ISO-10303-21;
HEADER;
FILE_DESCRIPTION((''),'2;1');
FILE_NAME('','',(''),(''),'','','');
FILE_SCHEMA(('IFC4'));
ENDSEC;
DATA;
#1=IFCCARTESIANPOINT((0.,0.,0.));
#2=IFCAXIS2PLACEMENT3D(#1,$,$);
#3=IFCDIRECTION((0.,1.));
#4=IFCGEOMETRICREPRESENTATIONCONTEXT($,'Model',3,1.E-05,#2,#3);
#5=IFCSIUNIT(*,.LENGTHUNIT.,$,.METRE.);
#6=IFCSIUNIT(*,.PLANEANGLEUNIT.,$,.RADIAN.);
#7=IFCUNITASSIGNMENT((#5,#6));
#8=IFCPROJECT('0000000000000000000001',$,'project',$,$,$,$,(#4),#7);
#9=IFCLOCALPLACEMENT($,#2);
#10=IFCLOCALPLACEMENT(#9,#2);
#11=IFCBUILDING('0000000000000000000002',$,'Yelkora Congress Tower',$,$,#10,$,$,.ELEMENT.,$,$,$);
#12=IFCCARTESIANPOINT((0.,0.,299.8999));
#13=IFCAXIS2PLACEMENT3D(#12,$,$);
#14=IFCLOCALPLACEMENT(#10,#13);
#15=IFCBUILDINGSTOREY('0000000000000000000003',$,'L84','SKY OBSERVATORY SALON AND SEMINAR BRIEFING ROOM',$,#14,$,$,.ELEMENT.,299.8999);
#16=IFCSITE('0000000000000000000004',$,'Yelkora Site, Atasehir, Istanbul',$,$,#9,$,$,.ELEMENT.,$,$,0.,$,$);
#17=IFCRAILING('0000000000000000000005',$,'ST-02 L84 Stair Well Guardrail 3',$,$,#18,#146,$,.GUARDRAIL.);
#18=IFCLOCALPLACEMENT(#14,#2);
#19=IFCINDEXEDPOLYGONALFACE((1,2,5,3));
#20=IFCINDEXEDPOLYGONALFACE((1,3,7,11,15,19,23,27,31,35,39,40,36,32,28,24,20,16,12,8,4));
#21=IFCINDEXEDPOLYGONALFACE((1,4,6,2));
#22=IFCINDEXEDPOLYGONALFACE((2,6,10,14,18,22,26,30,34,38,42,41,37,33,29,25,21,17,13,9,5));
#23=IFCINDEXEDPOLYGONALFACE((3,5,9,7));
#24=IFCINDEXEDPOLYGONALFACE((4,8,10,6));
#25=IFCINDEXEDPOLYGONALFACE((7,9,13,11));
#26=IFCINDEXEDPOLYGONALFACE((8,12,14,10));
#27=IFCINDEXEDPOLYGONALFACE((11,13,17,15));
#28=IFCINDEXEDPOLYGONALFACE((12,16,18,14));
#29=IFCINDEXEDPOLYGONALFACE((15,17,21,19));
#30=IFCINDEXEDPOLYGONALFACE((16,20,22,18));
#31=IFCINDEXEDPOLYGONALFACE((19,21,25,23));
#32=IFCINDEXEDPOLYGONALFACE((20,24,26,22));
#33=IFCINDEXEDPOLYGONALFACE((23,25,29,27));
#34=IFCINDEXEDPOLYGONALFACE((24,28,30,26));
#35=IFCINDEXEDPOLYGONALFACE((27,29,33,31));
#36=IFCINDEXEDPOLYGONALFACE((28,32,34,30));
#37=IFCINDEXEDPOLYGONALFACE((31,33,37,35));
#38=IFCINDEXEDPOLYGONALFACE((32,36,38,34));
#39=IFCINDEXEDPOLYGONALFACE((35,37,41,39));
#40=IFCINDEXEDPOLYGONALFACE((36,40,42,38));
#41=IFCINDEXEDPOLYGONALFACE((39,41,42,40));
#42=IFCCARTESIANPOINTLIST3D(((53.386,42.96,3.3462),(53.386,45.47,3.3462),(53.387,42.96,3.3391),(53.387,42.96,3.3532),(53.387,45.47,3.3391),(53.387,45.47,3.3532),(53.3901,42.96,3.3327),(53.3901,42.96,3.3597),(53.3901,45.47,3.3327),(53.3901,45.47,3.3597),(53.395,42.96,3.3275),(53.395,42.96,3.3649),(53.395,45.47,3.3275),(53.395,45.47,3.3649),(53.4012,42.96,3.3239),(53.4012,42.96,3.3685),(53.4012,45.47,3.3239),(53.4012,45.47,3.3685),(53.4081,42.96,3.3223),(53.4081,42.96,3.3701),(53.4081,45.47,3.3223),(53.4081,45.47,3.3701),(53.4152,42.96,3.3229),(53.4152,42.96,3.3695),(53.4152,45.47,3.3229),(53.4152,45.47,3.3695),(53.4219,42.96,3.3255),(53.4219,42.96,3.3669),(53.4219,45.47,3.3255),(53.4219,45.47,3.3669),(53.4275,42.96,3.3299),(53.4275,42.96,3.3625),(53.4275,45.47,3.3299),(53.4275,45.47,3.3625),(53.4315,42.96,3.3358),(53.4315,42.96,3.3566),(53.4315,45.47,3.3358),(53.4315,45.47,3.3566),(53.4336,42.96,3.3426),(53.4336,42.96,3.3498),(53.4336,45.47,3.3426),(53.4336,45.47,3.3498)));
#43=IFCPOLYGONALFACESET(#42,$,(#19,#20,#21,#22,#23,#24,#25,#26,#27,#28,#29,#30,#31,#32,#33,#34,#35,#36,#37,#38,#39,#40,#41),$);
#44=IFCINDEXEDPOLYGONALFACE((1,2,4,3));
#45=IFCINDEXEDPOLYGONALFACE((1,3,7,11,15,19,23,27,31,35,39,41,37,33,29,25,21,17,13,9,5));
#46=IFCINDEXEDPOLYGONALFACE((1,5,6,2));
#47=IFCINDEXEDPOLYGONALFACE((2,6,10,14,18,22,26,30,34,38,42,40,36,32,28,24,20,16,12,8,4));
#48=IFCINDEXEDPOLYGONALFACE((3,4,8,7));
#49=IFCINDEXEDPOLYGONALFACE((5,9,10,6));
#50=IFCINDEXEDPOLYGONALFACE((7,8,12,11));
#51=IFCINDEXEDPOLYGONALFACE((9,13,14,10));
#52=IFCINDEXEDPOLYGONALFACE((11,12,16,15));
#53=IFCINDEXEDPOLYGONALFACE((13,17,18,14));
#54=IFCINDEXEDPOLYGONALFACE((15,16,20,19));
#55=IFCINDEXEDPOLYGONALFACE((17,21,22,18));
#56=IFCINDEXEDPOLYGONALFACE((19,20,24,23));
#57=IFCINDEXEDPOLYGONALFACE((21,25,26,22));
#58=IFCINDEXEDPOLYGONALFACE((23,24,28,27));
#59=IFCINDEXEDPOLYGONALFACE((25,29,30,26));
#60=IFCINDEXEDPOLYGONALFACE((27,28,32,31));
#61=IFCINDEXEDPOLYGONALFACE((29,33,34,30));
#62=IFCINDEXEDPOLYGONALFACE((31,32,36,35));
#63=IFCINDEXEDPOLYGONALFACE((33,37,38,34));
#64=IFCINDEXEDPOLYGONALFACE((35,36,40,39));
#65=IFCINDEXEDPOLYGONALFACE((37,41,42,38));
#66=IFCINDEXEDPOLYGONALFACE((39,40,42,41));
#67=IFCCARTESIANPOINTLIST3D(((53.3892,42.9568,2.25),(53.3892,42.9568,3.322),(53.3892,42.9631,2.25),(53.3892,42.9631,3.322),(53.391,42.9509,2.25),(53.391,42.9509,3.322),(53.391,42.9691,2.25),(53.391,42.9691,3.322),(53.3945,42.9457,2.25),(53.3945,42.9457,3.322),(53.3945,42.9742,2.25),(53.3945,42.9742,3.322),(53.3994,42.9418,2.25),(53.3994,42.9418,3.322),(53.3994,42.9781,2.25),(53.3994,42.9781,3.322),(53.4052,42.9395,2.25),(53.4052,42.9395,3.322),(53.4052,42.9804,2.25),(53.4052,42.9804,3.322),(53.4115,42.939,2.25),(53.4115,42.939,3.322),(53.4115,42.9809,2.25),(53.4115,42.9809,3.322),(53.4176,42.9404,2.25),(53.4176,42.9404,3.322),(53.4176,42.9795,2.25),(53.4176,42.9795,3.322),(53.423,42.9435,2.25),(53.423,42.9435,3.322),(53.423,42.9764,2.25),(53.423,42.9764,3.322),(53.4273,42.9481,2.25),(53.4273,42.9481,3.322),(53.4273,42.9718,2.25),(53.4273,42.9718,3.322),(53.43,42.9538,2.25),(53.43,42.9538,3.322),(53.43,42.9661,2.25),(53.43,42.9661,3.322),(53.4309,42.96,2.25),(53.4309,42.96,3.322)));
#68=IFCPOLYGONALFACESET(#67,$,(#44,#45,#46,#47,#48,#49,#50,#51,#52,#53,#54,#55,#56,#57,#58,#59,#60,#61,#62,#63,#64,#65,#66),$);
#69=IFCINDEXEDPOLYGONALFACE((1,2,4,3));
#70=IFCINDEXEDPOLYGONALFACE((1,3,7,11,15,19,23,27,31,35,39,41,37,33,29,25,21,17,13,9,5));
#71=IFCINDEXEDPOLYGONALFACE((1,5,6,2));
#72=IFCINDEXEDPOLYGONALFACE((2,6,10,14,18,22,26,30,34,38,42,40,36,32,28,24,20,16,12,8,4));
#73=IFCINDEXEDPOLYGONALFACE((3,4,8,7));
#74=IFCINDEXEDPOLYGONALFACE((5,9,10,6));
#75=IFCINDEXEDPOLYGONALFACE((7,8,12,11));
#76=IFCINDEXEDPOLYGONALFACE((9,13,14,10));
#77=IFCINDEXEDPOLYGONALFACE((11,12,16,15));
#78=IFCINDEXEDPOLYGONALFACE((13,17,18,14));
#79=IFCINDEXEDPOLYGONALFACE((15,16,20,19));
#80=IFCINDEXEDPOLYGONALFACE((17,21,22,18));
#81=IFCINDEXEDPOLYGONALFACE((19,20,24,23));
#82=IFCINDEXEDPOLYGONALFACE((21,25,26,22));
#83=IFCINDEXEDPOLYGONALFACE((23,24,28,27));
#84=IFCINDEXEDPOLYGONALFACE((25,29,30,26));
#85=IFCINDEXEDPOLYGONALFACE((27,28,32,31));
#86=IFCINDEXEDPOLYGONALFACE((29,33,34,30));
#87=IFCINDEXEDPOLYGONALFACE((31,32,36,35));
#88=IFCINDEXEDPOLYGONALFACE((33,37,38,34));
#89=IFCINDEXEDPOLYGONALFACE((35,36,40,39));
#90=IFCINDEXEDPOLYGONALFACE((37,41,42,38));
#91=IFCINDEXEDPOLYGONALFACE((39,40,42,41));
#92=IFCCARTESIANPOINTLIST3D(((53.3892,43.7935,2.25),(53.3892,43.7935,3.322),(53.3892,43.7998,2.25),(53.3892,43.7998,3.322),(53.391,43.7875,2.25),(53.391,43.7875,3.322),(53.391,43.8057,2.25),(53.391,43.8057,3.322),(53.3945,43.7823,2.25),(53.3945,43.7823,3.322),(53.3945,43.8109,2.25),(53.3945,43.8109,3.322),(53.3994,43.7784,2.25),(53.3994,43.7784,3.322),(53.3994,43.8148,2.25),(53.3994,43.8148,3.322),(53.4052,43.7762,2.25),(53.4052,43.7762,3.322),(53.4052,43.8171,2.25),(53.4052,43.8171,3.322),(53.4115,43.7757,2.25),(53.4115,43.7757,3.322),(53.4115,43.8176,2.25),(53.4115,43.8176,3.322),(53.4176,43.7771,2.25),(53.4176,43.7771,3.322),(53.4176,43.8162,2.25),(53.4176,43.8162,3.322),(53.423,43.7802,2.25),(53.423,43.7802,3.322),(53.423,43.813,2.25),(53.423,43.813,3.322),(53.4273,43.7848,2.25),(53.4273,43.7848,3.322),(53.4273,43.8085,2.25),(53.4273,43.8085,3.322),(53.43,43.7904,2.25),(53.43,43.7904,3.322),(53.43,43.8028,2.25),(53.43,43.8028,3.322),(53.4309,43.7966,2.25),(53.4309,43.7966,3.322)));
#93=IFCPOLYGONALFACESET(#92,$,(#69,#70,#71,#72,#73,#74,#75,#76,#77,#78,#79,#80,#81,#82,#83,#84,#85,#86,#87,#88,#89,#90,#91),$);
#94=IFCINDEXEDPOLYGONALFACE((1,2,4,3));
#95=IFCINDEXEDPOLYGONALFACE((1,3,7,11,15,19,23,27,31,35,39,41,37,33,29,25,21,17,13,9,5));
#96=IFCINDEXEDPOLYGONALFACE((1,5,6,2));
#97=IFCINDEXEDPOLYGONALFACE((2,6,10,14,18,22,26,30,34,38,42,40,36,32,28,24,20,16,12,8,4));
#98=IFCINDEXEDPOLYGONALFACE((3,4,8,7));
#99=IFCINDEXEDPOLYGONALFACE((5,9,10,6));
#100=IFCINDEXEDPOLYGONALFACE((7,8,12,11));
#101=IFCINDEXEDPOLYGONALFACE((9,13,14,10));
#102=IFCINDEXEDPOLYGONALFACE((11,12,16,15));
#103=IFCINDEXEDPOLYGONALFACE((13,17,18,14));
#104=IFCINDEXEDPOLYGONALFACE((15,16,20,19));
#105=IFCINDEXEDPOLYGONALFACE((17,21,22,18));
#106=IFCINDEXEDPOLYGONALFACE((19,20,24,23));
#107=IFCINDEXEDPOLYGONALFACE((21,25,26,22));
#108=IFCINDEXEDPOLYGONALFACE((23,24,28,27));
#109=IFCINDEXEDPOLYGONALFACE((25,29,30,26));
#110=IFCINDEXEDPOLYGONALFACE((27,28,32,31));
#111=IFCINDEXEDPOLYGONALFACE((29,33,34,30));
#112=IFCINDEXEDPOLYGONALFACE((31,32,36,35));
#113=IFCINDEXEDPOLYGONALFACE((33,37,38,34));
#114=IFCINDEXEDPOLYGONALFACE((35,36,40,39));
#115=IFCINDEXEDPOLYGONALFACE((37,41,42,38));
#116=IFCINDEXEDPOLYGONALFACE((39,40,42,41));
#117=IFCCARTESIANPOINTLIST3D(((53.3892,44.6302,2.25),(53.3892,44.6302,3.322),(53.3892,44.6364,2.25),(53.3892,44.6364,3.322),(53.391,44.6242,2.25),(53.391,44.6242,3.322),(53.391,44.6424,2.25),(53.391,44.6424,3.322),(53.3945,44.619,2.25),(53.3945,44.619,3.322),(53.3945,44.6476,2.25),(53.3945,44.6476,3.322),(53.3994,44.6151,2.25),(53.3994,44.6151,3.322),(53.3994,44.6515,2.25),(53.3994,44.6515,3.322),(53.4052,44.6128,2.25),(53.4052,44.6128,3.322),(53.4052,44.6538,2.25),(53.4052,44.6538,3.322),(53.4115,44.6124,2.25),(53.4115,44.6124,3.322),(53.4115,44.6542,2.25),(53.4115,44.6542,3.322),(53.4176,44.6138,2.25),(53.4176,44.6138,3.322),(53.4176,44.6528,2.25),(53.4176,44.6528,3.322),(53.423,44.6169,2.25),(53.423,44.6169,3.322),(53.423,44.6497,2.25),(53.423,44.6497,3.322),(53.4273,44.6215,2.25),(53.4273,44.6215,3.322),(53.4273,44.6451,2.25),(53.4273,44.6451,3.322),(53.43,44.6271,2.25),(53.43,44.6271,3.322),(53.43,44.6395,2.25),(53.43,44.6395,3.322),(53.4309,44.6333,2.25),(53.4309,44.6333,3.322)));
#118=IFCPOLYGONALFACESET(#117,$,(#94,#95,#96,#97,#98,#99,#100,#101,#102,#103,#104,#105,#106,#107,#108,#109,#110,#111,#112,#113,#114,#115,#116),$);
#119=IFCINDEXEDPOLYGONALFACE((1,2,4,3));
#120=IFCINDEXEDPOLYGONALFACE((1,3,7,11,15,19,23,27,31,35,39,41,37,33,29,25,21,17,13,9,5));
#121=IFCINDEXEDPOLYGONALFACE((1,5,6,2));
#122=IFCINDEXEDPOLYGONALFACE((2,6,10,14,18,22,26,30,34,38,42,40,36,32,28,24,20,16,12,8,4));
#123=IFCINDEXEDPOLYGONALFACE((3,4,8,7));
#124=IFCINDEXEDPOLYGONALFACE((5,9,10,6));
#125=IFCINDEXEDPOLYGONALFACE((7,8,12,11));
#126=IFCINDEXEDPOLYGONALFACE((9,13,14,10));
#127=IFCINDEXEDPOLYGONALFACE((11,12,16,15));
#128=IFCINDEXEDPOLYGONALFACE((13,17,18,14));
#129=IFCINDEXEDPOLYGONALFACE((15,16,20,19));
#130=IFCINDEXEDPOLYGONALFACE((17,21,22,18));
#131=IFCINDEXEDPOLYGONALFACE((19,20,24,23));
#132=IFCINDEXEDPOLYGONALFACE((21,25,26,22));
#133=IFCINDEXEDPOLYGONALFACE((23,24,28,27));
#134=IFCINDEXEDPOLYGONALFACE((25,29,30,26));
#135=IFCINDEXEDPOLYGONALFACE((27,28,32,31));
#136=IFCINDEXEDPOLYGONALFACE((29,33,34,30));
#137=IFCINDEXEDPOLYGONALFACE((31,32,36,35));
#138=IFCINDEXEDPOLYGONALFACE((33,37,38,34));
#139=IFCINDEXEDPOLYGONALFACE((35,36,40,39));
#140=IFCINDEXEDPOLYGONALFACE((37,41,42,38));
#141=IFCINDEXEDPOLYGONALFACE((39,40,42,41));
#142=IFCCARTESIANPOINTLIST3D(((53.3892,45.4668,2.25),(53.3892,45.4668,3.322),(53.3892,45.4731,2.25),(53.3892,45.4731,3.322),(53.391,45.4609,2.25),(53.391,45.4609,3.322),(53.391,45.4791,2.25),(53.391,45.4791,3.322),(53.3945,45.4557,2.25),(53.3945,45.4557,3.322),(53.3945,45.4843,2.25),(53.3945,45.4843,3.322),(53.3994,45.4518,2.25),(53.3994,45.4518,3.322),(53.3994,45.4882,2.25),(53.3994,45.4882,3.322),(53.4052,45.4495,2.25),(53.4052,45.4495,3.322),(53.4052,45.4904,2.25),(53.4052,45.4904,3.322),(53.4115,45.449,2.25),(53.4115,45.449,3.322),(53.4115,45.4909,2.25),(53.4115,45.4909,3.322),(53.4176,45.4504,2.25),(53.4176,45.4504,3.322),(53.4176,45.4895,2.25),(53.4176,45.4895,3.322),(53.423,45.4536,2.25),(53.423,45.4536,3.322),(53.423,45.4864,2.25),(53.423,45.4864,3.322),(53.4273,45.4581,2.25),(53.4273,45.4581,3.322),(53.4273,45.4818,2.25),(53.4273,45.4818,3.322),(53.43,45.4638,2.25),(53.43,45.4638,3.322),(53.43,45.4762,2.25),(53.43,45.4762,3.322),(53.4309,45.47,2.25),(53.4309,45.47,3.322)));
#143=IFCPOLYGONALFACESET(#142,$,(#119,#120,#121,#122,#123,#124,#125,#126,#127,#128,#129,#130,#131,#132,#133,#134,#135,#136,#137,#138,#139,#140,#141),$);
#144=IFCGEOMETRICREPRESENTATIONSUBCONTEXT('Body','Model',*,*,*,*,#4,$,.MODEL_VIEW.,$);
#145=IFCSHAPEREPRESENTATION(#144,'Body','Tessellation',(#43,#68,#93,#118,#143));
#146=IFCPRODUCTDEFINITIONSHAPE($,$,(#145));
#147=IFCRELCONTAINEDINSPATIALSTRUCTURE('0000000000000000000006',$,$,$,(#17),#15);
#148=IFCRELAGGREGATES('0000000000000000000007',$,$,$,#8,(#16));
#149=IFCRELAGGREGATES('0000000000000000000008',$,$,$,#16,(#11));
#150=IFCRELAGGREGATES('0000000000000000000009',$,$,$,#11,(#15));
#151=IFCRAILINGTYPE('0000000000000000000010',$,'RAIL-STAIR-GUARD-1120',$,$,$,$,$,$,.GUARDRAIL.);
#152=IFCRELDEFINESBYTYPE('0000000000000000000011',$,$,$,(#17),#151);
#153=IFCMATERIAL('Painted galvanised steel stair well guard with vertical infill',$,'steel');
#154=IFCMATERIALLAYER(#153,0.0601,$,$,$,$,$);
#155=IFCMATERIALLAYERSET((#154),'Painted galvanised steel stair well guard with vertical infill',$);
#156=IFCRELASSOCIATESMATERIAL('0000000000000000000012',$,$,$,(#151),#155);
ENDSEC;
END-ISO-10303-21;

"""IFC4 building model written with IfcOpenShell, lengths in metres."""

from ifc_helpers import new_model, si_unit, direction, frame, origin, origin_2d, place, context, subcontext, project, spatial, circle, extrude, material, layer, layer_set, type_object, element, save


model = new_model("IFC4")

# Units and contexts
model_context = context("Model", 3, precision=1e-05, world=origin(), true_north=direction((0.0, 1.0)))
body_context = subcontext(model_context, "Body", "Model", "MODEL_VIEW")
ifc_project = project(units=[si_unit("LENGTHUNIT", "METRE"), si_unit("PLANEANGLEUNIT", "RADIAN")], contexts=[model_context])

# Site, building, storey
site_placement = place(None, origin())
site = spatial("IfcSite", under=ifc_project, at=site_placement, Name="Yelkora Site, Atasehir, Istanbul", CompositionType="ELEMENT", RefElevation=0.0)
building_placement = place(site_placement, origin())
building = spatial("IfcBuilding", under=site, at=building_placement, Name="Yelkora Congress Tower", CompositionType="ELEMENT")
storey_placement = place(building_placement, frame((0.0, 0.0, 299.8999)))
storey = spatial("IfcBuildingStorey", under=building, at=storey_placement, Name="L84", Description="SKY OBSERVATORY SALON AND SEMINAR BRIEFING ROOM", CompositionType="ELEMENT", Elevation=299.8999)

# Railing
ifc_material_1 = material(Name="Painted galvanised steel stair well guard with vertical infill", Category="steel")
ifc_layer_1 = layer(ifc_material_1, 0.0601)
ifc_layer_set_1 = layer_set([ifc_layer_1], Name="Painted galvanised steel stair well guard with vertical infill")
railing_type = type_object("IfcRailingType", Name="RAIL-STAIR-GUARD-1120", PredefinedType="GUARDRAIL", material=ifc_layer_set_1)
railing_1_placement = place(storey_placement, frame((53.4099, 42.96, 2.25)))
element("IfcRailing", 1, at=railing_1_placement, inside=storey, type_object=railing_type, Name="ST-02 L84 Stair Well Guardrail 3", PredefinedType="GUARDRAIL", context=body_context, shape_type="SweptSolid", body=[
    extrude(circle(Radius=0.0239, at=origin_2d()), frame((0.0, 0.0, 1.0962), z_axis=(0.0, 1.0, 0.0), x_axis=(-1.0, 0.0, 0.0)), (0.0, 0.0, 1.0), 2.51),
    extrude(circle(Radius=0.021, at=origin_2d()), origin(), (0.0, 0.0, 1.0), 1.072),
    extrude(circle(Radius=0.021, at=origin_2d()), frame((0.0, 0.8367, 0.0)), (0.0, 0.0, 1.0), 1.072),
    extrude(circle(Radius=0.021, at=origin_2d()), frame((0.0, 1.6733, 0.0)), (0.0, 0.0, 1.0), 1.072),
    extrude(circle(Radius=0.021, at=origin_2d()), frame((0.0, 2.51, 0.0)), (0.0, 0.0, 1.0), 1.072),
])

save(model, "model.ifc")
